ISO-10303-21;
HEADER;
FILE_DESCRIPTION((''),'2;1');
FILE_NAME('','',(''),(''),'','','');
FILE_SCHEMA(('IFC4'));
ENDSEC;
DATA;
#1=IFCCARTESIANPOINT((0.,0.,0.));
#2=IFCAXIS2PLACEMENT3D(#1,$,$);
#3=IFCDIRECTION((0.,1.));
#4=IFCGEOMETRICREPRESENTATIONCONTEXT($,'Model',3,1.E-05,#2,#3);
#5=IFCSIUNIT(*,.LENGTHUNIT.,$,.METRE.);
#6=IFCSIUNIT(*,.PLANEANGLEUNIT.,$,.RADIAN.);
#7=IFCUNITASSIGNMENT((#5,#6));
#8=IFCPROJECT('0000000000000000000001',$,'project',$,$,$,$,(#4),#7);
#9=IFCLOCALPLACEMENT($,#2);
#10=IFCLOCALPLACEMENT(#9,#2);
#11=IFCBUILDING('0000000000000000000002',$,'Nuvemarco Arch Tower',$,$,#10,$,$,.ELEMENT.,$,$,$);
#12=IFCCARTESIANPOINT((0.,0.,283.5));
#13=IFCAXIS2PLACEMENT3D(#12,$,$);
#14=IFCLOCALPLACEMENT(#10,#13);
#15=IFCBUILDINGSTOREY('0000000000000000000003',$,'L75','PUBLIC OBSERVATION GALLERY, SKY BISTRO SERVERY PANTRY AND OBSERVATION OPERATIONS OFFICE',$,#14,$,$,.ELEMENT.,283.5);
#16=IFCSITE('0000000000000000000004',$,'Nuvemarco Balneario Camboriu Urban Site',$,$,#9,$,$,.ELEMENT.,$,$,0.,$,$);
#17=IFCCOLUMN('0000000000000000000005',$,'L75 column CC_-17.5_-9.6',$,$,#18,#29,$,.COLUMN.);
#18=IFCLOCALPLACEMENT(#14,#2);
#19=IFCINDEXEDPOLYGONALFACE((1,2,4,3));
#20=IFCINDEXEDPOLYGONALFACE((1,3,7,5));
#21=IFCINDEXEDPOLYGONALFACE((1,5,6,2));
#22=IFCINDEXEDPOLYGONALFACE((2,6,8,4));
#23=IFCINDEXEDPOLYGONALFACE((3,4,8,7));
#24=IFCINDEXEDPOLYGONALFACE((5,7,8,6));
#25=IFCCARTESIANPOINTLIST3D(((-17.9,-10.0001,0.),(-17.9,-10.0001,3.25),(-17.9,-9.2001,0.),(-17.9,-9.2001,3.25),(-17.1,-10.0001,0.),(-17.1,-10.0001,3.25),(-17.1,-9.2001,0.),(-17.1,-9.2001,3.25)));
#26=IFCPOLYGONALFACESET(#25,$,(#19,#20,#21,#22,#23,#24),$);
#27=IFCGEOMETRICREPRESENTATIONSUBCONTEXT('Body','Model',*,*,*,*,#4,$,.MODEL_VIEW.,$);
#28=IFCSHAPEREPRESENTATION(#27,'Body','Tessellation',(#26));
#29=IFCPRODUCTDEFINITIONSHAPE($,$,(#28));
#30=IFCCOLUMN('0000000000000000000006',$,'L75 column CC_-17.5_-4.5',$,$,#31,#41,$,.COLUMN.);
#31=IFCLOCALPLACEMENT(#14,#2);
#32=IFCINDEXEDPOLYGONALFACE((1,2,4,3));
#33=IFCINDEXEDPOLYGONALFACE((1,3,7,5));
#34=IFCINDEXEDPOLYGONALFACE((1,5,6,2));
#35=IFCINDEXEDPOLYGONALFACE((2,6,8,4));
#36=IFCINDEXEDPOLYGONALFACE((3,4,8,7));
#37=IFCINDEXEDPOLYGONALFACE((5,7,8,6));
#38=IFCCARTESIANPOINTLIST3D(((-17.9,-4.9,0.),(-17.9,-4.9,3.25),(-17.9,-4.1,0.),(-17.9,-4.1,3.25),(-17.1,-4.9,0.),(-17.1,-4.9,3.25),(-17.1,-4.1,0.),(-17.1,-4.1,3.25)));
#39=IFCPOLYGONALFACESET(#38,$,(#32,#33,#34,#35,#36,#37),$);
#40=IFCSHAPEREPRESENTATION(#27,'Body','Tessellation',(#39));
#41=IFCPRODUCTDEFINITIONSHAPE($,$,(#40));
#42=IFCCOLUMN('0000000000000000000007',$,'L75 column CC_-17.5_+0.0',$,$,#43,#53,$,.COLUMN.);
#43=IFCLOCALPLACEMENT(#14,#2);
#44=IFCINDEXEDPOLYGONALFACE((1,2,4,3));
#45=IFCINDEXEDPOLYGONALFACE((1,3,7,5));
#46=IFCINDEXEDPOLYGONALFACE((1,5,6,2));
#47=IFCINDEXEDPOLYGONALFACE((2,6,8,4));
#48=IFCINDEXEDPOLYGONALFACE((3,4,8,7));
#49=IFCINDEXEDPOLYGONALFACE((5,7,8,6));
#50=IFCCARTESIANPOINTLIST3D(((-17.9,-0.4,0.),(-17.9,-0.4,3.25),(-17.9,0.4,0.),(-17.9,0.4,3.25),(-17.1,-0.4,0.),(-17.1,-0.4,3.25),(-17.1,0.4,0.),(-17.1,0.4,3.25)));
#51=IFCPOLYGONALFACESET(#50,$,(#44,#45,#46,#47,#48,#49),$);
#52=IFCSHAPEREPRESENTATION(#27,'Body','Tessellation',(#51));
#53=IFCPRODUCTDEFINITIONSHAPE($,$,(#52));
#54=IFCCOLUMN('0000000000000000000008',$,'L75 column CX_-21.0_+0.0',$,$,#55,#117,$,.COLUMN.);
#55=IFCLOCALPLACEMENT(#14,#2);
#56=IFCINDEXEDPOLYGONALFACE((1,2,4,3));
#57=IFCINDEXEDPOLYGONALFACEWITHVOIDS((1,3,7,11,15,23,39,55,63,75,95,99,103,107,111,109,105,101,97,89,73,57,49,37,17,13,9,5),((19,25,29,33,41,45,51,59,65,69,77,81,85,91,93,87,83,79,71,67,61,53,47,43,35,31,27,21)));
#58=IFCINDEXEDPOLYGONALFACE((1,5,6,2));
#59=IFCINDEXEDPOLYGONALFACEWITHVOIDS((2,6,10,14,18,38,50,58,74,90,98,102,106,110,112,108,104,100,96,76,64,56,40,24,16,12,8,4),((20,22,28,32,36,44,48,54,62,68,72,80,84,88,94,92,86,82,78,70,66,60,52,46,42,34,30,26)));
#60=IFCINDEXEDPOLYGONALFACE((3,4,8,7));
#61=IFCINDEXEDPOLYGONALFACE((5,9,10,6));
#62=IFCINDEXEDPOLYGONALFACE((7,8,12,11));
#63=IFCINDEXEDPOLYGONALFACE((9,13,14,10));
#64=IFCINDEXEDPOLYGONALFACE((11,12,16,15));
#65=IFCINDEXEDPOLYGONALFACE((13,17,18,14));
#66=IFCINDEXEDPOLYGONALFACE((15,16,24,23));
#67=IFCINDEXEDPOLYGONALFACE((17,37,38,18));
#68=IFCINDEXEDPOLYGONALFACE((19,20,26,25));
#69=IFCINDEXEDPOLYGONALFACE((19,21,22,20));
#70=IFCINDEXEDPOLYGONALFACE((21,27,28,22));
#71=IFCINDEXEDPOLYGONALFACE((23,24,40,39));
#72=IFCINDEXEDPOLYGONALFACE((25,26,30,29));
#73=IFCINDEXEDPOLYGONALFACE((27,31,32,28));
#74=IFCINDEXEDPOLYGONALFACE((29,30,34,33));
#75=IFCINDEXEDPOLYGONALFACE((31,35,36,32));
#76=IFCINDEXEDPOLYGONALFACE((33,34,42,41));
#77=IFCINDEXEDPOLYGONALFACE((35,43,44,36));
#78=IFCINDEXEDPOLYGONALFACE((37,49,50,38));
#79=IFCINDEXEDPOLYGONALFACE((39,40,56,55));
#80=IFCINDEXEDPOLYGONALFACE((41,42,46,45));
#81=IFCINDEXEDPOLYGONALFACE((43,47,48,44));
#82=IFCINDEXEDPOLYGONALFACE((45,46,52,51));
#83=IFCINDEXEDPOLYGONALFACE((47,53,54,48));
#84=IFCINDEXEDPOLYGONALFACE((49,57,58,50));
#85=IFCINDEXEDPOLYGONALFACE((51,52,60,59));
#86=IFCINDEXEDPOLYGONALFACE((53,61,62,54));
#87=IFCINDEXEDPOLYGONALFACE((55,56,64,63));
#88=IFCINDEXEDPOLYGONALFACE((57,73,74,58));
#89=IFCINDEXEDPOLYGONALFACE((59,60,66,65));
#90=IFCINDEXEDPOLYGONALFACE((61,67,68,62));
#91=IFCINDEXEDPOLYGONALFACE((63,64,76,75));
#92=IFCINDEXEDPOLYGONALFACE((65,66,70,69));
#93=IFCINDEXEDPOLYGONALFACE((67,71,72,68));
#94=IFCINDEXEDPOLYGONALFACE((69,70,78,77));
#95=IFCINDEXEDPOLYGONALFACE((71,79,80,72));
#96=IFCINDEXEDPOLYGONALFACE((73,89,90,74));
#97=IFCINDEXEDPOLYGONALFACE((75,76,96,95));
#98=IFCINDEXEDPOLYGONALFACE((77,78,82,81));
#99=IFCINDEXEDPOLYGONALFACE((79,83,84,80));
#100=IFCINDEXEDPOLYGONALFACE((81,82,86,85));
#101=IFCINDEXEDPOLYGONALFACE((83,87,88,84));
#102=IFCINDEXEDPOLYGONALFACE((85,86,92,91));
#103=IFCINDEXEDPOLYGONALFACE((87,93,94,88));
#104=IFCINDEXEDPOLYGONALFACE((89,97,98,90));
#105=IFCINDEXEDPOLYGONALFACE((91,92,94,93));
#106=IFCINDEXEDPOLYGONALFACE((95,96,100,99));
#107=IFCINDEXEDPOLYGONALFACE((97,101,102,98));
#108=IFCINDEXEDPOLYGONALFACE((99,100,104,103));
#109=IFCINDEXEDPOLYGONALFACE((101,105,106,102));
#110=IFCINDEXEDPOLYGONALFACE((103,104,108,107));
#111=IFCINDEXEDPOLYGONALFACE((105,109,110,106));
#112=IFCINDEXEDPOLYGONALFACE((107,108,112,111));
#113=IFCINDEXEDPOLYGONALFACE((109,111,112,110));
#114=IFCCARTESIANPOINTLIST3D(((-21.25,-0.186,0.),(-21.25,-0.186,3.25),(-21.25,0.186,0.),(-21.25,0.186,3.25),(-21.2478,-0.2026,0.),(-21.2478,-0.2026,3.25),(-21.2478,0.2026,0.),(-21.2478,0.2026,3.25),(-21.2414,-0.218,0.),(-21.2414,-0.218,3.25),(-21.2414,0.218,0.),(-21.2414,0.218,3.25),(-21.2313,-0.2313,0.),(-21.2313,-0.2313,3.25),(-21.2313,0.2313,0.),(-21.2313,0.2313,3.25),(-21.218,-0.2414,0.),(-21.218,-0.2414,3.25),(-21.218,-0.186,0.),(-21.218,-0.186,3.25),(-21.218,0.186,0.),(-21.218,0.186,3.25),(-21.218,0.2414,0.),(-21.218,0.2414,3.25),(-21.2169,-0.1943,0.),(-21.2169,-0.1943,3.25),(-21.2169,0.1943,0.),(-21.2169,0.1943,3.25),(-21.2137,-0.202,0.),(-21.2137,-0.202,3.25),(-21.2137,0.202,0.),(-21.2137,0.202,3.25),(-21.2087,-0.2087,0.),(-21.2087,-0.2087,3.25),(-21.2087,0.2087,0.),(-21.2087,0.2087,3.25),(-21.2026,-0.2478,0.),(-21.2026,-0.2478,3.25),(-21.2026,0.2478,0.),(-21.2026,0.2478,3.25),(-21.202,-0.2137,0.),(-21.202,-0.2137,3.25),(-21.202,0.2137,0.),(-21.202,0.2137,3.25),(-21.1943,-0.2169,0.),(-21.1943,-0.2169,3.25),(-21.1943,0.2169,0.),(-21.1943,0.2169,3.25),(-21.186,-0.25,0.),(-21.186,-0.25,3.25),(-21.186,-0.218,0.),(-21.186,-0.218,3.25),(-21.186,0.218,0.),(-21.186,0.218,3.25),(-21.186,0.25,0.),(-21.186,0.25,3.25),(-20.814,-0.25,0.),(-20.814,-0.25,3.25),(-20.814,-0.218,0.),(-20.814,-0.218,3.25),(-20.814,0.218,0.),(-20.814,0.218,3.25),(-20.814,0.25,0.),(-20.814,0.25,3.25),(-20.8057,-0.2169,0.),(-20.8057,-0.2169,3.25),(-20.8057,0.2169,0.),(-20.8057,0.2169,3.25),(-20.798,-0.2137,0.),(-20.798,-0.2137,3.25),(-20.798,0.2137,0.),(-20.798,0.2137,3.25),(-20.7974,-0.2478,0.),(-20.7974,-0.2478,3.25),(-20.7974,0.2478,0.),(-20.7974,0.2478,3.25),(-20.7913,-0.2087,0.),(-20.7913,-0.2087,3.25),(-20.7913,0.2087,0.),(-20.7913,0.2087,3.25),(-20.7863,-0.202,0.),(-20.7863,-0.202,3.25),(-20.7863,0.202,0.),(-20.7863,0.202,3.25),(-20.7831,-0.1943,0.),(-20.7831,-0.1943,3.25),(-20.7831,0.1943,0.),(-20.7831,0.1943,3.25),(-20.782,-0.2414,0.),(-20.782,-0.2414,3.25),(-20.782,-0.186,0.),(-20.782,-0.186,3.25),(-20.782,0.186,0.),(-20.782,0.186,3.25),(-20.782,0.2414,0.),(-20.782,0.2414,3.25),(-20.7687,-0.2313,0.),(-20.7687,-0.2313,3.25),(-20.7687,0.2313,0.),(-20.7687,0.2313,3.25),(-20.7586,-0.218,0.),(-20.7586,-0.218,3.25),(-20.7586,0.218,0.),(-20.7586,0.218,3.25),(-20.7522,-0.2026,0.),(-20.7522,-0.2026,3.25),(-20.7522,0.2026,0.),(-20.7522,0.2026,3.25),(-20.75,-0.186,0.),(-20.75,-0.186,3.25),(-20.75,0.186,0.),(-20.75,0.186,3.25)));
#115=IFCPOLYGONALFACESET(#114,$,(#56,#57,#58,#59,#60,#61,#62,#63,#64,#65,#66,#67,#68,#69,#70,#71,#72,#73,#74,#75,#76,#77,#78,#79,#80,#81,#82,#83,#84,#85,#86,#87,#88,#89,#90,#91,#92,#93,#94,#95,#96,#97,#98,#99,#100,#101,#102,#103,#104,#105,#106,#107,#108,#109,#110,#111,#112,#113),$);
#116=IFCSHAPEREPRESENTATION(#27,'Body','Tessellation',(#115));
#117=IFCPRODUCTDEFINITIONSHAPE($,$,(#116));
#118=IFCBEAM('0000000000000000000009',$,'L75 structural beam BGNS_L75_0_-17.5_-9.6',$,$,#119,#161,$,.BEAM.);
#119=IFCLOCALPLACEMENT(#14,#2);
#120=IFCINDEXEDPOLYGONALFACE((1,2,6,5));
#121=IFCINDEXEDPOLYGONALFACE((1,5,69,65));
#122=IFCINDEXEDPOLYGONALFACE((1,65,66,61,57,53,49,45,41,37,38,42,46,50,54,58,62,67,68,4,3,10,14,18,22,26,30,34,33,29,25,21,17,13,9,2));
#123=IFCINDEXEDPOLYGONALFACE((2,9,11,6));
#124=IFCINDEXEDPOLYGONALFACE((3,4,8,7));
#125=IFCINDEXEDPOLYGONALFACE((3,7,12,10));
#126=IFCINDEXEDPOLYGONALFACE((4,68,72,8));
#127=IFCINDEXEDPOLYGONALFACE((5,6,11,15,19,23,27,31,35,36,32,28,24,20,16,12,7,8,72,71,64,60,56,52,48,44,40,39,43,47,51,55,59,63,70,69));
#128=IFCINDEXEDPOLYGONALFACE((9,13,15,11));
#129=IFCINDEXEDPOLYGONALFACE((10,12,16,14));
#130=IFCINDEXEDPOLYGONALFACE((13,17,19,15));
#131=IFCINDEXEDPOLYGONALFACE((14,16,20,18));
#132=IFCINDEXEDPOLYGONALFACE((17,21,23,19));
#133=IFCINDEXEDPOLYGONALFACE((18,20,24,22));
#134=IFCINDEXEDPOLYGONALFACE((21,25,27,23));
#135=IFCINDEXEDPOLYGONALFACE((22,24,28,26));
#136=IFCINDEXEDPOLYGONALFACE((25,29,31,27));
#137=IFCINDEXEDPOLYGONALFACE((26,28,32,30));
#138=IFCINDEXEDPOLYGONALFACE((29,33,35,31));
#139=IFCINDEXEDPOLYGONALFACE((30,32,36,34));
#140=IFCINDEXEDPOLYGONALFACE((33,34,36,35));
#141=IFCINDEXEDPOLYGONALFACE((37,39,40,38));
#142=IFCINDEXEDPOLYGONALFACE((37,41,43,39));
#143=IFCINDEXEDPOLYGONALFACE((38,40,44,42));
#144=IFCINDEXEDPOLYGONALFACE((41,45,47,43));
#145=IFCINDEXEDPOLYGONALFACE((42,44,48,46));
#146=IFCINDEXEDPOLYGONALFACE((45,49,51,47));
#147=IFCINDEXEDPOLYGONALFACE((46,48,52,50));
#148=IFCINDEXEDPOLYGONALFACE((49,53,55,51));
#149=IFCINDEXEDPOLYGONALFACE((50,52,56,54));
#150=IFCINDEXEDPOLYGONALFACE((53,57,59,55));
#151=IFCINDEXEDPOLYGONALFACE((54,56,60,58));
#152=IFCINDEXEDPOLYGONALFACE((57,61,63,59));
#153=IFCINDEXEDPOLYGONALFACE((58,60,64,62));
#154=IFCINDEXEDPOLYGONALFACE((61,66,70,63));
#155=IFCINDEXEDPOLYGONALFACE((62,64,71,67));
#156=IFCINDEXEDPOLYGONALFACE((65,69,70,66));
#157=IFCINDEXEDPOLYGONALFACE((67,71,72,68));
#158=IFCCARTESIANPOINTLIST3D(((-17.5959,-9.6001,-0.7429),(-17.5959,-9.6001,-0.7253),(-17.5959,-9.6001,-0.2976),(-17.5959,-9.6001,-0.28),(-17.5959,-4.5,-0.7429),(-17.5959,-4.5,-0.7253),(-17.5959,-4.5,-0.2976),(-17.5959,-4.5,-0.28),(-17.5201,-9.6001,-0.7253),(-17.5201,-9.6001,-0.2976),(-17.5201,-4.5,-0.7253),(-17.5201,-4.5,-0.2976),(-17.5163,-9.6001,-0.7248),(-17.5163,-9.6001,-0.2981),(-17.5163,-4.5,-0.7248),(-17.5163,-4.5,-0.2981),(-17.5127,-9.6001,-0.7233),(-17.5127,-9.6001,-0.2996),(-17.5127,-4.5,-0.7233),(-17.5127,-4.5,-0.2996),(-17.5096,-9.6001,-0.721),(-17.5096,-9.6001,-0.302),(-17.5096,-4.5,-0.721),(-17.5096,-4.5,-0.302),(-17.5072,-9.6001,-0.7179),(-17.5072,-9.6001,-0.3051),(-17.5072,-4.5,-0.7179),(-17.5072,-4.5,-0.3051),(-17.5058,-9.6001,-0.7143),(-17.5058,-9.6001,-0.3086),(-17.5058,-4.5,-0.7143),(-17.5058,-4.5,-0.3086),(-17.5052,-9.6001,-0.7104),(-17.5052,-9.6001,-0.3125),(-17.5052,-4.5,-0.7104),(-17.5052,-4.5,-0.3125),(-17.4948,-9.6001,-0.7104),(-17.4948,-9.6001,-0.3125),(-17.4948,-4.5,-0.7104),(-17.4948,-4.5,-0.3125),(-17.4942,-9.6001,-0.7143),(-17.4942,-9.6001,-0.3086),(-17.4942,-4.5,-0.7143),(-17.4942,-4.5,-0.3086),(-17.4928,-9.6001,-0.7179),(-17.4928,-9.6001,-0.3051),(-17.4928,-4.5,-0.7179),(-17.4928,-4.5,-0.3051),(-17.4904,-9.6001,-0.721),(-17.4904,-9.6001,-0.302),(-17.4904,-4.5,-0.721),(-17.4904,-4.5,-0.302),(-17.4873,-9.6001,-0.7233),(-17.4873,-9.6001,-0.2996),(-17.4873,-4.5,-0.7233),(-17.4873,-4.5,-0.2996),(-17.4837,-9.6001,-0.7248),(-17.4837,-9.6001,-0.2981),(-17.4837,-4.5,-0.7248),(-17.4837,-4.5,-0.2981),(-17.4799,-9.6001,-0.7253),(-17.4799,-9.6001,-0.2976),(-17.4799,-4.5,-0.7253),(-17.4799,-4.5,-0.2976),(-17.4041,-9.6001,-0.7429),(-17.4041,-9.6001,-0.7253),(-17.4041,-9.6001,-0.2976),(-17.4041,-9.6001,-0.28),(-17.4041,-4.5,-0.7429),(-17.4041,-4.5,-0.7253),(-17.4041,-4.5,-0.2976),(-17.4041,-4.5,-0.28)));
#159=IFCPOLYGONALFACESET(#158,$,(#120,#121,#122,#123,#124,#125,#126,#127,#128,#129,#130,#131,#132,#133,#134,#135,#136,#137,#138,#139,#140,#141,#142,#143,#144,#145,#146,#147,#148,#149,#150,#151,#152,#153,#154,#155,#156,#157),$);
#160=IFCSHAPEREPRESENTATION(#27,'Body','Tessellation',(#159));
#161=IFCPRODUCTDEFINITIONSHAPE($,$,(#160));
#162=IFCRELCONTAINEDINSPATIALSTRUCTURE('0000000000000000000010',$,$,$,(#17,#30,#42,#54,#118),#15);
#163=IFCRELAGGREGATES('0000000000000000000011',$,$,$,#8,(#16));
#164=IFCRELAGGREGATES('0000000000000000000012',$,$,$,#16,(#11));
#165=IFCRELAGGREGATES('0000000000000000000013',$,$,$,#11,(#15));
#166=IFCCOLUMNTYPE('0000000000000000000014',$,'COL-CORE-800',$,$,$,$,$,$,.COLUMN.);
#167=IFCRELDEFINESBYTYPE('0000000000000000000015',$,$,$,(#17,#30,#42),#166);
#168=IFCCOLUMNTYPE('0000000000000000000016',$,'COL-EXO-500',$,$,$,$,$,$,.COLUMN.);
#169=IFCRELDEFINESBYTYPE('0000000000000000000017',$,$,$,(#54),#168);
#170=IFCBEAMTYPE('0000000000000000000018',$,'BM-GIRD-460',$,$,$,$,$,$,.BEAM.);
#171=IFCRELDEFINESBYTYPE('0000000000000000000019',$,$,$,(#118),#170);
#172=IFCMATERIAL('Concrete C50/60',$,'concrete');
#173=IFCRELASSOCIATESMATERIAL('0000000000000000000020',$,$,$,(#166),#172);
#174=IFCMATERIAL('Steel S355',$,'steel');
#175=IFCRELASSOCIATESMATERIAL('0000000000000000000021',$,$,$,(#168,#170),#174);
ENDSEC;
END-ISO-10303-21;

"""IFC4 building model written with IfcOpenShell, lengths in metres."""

from ifc_helpers import new_model, si_unit, direction, frame, origin, origin_2d, place, context, subcontext, project, spatial, rectangle, hollow_rectangle, i_section, extrude, material, material_profile, profile_set, type_object, element, save


model = new_model("IFC4")

# Units and contexts
model_context = context("Model", 3, precision=1e-05, world=origin(), true_north=direction((0.0, 1.0)))
body_context = subcontext(model_context, "Body", "Model", "MODEL_VIEW")
ifc_project = project(units=[si_unit("LENGTHUNIT", "METRE"), si_unit("PLANEANGLEUNIT", "RADIAN")], contexts=[model_context])

# Site, building, storey
site_placement = place(None, origin())
site = spatial("IfcSite", under=ifc_project, at=site_placement, Name="Nuvemarco Balneario Camboriu Urban Site", CompositionType="ELEMENT", RefElevation=0.0)
building_placement = place(site_placement, origin())
building = spatial("IfcBuilding", under=site, at=building_placement, Name="Nuvemarco Arch Tower", CompositionType="ELEMENT")
storey_placement = place(building_placement, frame((0.0, 0.0, 283.5)))
storey = spatial("IfcBuildingStorey", under=building, at=storey_placement, Name="L75", Description="PUBLIC OBSERVATION GALLERY, SKY BISTRO SERVERY PANTRY AND OBSERVATION OPERATIONS OFFICE", CompositionType="ELEMENT", Elevation=283.5)

# Columns
ifc_material_1 = material(Name="Concrete C50/60", Category="concrete")
ifc_material_profile_1 = material_profile(ifc_material_1, rectangle(XDim=0.8, YDim=0.8, at=origin_2d()), Name="RC-COL-800x800")
ifc_profile_set_1 = profile_set([ifc_material_profile_1], Name="Concrete C50/60")
column_type_1 = type_object("IfcColumnType", Name="COL-CORE-800", PredefinedType="COLUMN", material=ifc_profile_set_1)
for number, where, z_axis, x_axis, name in (
    (1, (-17.5, -9.6001, 0.0), (0.0, 0.0, 1.0), (1.0, 0.0, 0.0), "L75 column CC_-17.5_-9.6"),
    (2, (-17.5, -4.5, 0.0), (0.0, 0.0, 1.0), (1.0, 0.0, 0.0), "L75 column CC_-17.5_-4.5"),
    (3, (-17.5, 0.0, 0.0), (0.0, 0.0, 1.0), (1.0, 0.0, 0.0), "L75 column CC_-17.5_+0.0"),
):
    element("IfcColumn", number, at=place(storey_placement, frame(where, z_axis=z_axis, x_axis=x_axis)), inside=storey, type_object=column_type_1, Name=name, PredefinedType="COLUMN", context=body_context, shape_type="SweptSolid", body=[
        extrude(rectangle(XDim=0.8, YDim=0.8, at=origin_2d()), origin(), (0.0, 0.0, 1.0), 3.25),
    ])
ifc_material_2 = material(Name="Steel S355", Category="steel")
ifc_material_profile_2 = material_profile(ifc_material_2, hollow_rectangle(XDim=0.5, YDim=0.5, WallThickness=0.032, InnerFilletRadius=0.032, OuterFilletRadius=0.064, at=origin_2d()), Name="SHS500x500x32")
ifc_profile_set_2 = profile_set([ifc_material_profile_2], Name="Steel S355")
column_type_2 = type_object("IfcColumnType", Name="COL-EXO-500", PredefinedType="COLUMN", material=ifc_profile_set_2)
column_placement = place(storey_placement, frame((-21.0, 0.0, 0.0), z_axis=(0.0, 0.0, 1.0), x_axis=(1.0, 0.0, 0.0)))
element("IfcColumn", 4, at=column_placement, inside=storey, type_object=column_type_2, Name="L75 column CX_-21.0_+0.0", PredefinedType="COLUMN", context=body_context, shape_type="SweptSolid", body=[
    extrude(hollow_rectangle(XDim=0.5, YDim=0.5, WallThickness=0.032, InnerFilletRadius=0.032, OuterFilletRadius=0.064, at=origin_2d()), origin(), (0.0, 0.0, 1.0), 3.25),
])

# Beam
ifc_material_profile_3 = material_profile(ifc_material_2, i_section(OverallWidth=0.1919, OverallDepth=0.4629, WebThickness=0.0105, FlangeThickness=0.0176, FilletRadius=0.0149, at=origin_2d()), Name="W460x89")
ifc_profile_set_3 = profile_set([ifc_material_profile_3], Name="Steel S355")
beam_type_1 = type_object("IfcBeamType", Name="BM-GIRD-460", PredefinedType="BEAM", material=ifc_profile_set_3)
beam_1_placement = place(storey_placement, frame((-17.5, -9.6001, -0.5115), z_axis=(0.0, 1.0, 0.0), x_axis=(-1.0, 0.0, 0.0)))
element("IfcBeam", 5, at=beam_1_placement, inside=storey, type_object=beam_type_1, Name="L75 structural beam BGNS_L75_0_-17.5_-9.6", PredefinedType="BEAM", context=body_context, shape_type="SweptSolid", body=[
    extrude(i_section(OverallWidth=0.1919, OverallDepth=0.4629, WebThickness=0.0105, FlangeThickness=0.0176, FilletRadius=0.0149, at=origin_2d()), origin(), (0.0, 0.0, 1.0), 5.1001),
])

save(model, "model.ifc")
